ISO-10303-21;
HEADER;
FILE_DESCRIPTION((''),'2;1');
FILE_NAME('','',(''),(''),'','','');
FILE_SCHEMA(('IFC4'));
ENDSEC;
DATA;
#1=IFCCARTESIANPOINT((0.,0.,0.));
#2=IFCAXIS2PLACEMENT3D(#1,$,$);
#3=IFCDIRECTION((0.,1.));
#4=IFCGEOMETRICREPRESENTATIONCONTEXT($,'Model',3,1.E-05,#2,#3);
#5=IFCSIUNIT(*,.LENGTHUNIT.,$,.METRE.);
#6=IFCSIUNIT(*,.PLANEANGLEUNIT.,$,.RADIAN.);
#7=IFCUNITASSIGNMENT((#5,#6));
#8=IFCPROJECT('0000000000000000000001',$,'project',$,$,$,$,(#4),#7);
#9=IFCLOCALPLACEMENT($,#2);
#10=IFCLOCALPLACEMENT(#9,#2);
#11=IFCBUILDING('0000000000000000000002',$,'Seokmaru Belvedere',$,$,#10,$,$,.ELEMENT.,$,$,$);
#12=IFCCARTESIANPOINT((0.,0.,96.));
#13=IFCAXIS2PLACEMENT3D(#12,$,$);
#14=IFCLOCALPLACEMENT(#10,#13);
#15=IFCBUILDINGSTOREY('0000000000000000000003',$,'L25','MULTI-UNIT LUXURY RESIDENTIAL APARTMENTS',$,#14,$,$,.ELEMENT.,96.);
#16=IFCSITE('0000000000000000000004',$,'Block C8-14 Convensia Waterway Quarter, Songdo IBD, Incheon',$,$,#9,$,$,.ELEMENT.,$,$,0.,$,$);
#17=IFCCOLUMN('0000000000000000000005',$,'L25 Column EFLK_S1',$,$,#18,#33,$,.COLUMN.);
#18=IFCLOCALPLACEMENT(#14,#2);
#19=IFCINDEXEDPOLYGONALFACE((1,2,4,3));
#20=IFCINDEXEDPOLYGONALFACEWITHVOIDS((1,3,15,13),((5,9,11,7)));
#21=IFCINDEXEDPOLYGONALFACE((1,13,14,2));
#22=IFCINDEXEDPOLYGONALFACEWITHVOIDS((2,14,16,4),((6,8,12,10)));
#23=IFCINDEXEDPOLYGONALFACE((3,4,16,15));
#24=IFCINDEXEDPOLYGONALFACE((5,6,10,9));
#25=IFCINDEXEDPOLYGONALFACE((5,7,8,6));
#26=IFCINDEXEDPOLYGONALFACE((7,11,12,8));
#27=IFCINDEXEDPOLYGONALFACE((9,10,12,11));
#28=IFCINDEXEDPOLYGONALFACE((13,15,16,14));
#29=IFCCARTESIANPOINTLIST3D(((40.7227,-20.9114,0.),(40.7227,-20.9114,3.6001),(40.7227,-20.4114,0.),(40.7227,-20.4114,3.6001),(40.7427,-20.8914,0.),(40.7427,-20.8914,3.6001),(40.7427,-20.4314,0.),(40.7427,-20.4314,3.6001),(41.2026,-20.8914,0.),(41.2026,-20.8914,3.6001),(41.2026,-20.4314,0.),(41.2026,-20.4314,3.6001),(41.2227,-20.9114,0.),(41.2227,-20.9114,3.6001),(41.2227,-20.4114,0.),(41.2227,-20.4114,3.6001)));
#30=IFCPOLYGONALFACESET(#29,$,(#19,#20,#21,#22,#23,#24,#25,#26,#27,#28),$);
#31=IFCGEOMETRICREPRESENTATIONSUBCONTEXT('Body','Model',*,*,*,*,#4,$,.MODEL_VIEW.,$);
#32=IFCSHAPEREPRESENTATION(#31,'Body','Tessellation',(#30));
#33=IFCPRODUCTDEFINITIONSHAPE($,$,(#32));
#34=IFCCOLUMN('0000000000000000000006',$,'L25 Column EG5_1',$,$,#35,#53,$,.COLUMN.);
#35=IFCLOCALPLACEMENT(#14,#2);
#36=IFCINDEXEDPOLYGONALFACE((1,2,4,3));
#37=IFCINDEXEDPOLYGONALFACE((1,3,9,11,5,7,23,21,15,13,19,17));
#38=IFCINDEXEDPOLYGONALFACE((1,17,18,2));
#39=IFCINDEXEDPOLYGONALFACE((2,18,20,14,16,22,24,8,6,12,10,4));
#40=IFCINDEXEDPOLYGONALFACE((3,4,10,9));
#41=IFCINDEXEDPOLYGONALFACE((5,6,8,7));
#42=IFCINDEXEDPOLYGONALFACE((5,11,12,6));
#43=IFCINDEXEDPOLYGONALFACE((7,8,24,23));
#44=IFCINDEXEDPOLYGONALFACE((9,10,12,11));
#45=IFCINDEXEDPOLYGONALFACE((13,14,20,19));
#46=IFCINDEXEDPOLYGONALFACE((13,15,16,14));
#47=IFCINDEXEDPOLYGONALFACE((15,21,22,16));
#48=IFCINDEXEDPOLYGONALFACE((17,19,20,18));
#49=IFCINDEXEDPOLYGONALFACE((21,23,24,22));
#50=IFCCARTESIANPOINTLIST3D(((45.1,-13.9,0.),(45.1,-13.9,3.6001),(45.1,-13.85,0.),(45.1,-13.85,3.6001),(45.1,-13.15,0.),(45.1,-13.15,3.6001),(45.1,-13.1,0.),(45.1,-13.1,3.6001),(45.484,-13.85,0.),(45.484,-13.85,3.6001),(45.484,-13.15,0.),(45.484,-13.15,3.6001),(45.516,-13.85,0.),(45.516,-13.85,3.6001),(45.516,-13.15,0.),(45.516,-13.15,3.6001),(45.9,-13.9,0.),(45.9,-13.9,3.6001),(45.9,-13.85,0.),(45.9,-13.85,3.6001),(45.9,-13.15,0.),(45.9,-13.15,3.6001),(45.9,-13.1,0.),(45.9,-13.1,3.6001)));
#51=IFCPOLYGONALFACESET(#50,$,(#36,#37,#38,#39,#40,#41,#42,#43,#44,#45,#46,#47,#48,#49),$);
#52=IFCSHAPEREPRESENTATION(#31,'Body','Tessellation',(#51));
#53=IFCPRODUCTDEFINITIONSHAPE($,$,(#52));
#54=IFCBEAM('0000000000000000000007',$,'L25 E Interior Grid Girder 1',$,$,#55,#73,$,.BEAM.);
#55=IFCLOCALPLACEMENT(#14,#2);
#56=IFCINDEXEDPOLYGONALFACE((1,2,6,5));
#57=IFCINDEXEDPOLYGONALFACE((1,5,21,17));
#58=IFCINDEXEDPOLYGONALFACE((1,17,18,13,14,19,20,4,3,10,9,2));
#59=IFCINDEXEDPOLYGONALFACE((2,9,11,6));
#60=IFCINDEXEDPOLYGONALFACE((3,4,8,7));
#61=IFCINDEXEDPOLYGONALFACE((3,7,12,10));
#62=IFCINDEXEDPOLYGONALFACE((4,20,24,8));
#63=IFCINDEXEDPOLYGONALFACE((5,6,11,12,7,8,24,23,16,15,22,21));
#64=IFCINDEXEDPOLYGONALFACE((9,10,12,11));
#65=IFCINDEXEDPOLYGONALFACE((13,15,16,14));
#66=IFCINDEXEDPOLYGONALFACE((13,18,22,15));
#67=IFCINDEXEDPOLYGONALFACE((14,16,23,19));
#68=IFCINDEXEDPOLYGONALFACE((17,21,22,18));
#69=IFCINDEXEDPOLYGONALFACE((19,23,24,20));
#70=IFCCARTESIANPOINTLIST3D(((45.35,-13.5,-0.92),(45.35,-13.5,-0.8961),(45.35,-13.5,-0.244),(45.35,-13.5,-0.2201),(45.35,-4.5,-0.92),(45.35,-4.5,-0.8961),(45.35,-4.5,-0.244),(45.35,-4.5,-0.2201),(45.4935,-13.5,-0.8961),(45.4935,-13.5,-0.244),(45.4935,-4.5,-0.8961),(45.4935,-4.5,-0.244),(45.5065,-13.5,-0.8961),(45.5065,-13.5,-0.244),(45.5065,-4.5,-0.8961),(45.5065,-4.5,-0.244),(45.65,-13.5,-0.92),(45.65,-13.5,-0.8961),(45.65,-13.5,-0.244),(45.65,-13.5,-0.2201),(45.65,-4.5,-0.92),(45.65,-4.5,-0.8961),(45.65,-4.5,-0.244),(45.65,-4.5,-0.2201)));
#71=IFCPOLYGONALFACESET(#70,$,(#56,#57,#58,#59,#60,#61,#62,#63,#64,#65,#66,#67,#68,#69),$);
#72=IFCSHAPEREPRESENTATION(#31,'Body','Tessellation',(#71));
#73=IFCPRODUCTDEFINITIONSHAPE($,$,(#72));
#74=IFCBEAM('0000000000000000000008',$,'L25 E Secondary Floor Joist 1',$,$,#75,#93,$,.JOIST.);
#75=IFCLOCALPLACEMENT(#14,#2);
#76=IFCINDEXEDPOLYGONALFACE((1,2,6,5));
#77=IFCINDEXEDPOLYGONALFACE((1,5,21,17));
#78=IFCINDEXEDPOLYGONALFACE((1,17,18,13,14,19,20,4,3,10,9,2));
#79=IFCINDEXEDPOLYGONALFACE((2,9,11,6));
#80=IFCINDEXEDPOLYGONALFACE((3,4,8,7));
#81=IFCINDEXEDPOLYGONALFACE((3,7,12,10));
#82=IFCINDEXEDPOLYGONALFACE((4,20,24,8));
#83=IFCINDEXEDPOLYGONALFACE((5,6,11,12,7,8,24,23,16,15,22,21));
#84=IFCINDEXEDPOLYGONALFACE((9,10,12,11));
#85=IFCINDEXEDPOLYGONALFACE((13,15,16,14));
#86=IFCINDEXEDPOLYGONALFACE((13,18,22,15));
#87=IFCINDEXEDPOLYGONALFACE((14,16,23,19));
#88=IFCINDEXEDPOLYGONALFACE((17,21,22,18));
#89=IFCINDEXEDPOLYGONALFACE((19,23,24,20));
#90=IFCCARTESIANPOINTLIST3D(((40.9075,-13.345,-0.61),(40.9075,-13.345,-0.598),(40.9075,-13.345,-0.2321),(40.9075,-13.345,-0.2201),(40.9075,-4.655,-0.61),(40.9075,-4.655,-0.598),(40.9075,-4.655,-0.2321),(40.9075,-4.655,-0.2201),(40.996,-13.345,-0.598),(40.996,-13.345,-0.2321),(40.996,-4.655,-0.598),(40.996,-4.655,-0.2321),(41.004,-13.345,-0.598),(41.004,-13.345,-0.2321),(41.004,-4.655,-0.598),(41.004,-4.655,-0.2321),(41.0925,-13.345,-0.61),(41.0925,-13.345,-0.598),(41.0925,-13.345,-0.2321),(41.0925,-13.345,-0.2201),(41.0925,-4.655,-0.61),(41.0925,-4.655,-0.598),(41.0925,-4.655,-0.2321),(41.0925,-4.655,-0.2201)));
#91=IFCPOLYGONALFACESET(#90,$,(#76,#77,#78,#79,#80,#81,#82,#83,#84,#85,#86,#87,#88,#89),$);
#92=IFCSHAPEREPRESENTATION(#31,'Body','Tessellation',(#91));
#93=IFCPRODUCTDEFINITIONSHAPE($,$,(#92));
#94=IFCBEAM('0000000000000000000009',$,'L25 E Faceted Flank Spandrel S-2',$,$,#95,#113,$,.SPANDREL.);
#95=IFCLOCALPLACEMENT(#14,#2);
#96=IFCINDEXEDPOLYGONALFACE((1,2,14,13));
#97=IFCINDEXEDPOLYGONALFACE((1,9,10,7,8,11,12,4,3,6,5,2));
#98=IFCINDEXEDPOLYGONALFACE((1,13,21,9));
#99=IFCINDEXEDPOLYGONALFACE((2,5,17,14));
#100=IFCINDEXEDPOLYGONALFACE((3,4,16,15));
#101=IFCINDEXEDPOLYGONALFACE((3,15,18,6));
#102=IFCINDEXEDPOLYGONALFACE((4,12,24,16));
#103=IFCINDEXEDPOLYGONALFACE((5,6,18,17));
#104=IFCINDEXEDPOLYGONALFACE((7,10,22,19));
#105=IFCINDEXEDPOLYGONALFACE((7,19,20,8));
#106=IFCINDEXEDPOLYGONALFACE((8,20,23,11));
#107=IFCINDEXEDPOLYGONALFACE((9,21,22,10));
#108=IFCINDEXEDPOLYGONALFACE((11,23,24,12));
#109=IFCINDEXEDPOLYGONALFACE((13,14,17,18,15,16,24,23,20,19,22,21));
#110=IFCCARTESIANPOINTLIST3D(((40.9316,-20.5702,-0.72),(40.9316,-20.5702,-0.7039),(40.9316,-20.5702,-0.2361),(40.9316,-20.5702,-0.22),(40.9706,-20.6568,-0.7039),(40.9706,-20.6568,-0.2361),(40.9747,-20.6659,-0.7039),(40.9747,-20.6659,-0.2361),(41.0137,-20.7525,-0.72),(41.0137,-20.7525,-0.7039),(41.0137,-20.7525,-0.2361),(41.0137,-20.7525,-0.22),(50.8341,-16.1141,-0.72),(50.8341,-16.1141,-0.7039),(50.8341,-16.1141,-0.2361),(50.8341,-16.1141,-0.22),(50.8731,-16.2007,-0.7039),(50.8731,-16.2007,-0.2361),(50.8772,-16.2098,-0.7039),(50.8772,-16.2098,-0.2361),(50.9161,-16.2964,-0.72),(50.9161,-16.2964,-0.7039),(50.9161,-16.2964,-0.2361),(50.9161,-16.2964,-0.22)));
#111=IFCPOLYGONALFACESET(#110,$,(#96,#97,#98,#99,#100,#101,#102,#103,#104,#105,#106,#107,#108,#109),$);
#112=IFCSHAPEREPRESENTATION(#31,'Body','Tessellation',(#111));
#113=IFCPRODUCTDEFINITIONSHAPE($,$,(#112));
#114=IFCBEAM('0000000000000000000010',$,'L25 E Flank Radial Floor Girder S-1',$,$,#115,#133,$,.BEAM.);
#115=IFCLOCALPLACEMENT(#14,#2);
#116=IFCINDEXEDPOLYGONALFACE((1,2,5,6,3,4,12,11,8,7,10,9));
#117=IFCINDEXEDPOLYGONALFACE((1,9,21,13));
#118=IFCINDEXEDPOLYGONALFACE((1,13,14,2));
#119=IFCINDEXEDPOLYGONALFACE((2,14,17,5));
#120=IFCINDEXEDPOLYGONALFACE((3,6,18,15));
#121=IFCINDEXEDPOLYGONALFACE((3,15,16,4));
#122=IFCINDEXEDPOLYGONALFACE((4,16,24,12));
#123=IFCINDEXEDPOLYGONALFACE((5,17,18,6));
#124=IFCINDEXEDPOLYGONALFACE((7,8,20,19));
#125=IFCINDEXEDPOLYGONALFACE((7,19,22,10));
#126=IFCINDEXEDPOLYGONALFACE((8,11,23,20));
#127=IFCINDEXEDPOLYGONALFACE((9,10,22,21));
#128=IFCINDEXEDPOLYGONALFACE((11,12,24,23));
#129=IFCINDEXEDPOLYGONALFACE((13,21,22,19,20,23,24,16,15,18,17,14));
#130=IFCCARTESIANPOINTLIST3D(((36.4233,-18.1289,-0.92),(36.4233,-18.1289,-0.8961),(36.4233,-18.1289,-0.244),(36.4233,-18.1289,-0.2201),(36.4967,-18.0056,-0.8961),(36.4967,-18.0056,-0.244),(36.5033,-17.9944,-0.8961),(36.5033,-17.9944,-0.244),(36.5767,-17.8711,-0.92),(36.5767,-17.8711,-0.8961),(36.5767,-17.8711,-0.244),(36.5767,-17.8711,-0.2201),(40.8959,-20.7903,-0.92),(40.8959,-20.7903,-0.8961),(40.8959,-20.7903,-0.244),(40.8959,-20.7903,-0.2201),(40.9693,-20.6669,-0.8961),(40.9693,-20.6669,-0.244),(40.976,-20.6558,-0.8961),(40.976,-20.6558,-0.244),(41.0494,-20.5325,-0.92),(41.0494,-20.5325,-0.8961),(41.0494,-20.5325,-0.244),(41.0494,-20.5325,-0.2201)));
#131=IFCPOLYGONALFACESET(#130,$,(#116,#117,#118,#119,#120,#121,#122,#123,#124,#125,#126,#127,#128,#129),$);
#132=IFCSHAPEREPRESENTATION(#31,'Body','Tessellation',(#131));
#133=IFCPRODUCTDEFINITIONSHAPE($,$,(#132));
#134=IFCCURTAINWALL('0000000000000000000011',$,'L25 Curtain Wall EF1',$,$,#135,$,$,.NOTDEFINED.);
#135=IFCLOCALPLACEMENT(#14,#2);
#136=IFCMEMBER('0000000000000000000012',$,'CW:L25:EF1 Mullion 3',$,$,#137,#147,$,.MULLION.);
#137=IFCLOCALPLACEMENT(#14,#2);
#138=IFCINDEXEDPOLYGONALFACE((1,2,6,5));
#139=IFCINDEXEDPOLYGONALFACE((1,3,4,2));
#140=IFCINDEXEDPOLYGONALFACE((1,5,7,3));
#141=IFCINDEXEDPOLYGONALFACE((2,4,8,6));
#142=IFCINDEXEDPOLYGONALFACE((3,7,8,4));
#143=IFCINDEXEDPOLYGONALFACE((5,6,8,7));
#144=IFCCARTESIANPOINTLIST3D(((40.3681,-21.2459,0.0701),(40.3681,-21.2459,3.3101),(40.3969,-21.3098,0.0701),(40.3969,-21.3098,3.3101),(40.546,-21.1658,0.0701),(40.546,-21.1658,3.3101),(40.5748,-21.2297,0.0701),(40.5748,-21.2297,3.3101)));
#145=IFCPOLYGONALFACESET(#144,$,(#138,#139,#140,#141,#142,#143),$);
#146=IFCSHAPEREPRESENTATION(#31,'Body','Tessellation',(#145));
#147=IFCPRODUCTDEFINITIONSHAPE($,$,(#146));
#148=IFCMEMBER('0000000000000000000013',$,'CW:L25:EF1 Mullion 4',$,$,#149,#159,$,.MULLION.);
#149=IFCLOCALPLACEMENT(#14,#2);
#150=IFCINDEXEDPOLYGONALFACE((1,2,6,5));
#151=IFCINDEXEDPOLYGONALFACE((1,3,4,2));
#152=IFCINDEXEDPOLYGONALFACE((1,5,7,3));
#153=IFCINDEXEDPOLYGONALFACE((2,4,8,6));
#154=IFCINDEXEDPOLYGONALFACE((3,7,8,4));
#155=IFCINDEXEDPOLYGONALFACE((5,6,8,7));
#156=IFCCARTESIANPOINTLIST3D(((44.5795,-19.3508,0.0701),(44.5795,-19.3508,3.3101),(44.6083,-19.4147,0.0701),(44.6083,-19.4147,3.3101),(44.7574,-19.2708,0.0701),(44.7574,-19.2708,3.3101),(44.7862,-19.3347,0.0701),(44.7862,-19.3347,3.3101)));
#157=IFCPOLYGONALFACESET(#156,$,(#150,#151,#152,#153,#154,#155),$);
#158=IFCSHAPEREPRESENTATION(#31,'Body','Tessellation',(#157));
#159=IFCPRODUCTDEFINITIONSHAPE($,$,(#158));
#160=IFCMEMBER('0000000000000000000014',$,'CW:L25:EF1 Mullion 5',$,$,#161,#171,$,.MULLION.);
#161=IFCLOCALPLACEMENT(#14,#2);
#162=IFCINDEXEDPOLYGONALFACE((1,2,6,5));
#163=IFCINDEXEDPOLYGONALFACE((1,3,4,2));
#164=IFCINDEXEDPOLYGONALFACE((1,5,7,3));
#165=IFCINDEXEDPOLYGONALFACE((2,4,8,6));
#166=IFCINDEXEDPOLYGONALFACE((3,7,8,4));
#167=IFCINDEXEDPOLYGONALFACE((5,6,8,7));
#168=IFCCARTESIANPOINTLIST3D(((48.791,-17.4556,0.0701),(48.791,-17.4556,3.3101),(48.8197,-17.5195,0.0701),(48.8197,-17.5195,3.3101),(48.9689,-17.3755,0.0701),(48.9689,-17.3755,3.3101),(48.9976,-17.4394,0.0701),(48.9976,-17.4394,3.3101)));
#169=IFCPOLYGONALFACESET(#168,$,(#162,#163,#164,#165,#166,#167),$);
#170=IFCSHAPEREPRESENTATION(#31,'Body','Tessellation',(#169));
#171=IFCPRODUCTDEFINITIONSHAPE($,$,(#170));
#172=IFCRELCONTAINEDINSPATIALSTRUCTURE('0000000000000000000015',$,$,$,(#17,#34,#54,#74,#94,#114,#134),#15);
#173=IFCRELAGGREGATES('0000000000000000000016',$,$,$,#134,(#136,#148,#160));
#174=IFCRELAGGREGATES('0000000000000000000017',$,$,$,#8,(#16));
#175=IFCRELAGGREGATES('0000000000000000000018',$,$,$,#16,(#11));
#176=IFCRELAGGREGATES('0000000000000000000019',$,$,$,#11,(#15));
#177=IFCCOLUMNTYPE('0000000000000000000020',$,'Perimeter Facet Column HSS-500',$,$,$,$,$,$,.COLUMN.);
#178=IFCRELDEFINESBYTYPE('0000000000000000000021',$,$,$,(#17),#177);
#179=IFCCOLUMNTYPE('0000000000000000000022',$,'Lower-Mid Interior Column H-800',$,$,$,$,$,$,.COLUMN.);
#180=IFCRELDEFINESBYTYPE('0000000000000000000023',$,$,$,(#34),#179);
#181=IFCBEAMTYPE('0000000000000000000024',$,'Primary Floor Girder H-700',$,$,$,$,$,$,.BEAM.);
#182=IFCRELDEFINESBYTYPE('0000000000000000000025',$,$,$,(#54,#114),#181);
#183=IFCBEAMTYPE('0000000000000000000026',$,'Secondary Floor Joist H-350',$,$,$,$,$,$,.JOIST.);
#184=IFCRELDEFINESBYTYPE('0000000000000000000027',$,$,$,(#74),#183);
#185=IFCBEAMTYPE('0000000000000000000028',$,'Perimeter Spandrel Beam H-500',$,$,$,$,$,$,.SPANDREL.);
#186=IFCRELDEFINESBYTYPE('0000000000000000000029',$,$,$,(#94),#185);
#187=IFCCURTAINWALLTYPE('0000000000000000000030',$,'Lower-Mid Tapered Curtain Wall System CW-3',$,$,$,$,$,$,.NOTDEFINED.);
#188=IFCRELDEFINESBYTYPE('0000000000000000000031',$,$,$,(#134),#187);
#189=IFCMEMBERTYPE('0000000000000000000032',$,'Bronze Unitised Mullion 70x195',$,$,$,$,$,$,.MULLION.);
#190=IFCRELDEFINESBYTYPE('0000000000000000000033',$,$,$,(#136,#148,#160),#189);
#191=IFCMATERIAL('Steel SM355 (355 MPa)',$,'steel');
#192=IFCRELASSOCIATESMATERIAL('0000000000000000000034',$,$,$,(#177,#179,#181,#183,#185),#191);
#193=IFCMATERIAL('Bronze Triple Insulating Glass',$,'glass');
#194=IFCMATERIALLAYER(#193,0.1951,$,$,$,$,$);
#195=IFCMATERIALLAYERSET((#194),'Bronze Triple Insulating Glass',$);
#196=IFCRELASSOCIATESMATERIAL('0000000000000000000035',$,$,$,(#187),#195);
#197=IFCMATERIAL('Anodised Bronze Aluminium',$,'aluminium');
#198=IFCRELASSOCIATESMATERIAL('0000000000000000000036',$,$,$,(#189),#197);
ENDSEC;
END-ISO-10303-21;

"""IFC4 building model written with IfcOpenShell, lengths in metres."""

from ifc_helpers import new_model, si_unit, direction, frame, origin, origin_2d, place, context, subcontext, project, spatial, rectangle, hollow_rectangle, i_section, extrude, source, transform, mapped, material, layer, layer_set, material_profile, profile_set, type_object, type_shapes, element, aggregate, save


model = new_model("IFC4")

# Units and contexts
model_context = context("Model", 3, precision=1e-05, world=origin(), true_north=direction((0.0, 1.0)))
body_context = subcontext(model_context, "Body", "Model", "MODEL_VIEW")
ifc_project = project(units=[si_unit("LENGTHUNIT", "METRE"), si_unit("PLANEANGLEUNIT", "RADIAN")], contexts=[model_context])

# Site, building, storey
site_placement = place(None, origin())
site = spatial("IfcSite", under=ifc_project, at=site_placement, Name="Block C8-14 Convensia Waterway Quarter, Songdo IBD, Incheon", CompositionType="ELEMENT", RefElevation=0.0)
building_placement = place(site_placement, origin())
building = spatial("IfcBuilding", under=site, at=building_placement, Name="Seokmaru Belvedere", CompositionType="ELEMENT")
storey_placement = place(building_placement, frame((0.0, 0.0, 96.0)))
storey = spatial("IfcBuildingStorey", under=building, at=storey_placement, Name="L25", Description="MULTI-UNIT LUXURY RESIDENTIAL APARTMENTS", CompositionType="ELEMENT", Elevation=96.0)

# Columns
ifc_material_1 = material(Name="Steel SM355 (355 MPa)", Category="steel")
ifc_material_profile_1 = material_profile(ifc_material_1, hollow_rectangle(XDim=0.5, YDim=0.5, WallThickness=0.02, at=origin_2d()), Name="HSS-500x500x20")
ifc_profile_set_1 = profile_set([ifc_material_profile_1], Name="Steel SM355 (355 MPa)")
column_type_1 = type_object("IfcColumnType", Name="Perimeter Facet Column HSS-500", PredefinedType="COLUMN", material=ifc_profile_set_1)
shared_shape_1 = source(origin(), body_context, "Body", "SweptSolid", [
    extrude(hollow_rectangle(XDim=0.5, YDim=0.5, WallThickness=0.02, at=origin_2d()), origin(), (0.0, 0.0, 1.0), 3.6001),
])
type_shapes(column_type_1, [shared_shape_1])
column_1_placement = place(storey_placement, frame((40.9727, -20.6614, 0.0), z_axis=(0.0, 0.0, 1.0), x_axis=(1.0, 0.0, 0.0)))
element("IfcColumn", 1, at=column_1_placement, inside=storey, type_object=column_type_1, Name="L25 Column EFLK_S1", PredefinedType="COLUMN", context=body_context, shape_type="MappedRepresentation", body=[
    mapped(shared_shape_1, transform((0.0, 0.0, 0.0), scale=1.0)),
])
ifc_material_profile_2 = material_profile(ifc_material_1, i_section(OverallWidth=0.8, OverallDepth=0.8, WebThickness=0.032, FlangeThickness=0.05, at=origin_2d()), Name="H-800x800x32x50")
ifc_profile_set_2 = profile_set([ifc_material_profile_2], Name="Steel SM355 (355 MPa)")
column_type_2 = type_object("IfcColumnType", Name="Lower-Mid Interior Column H-800", PredefinedType="COLUMN", material=ifc_profile_set_2)
shared_shape_2 = source(origin(), body_context, "Body", "SweptSolid", [
    extrude(i_section(OverallWidth=0.8, OverallDepth=0.8, WebThickness=0.032, FlangeThickness=0.05, at=origin_2d()), origin(), (0.0, 0.0, 1.0), 3.6001),
])
type_shapes(column_type_2, [shared_shape_2])
column_2_placement = place(storey_placement, frame((45.5, -13.5, 0.0), z_axis=(0.0, 0.0, 1.0), x_axis=(1.0, 0.0, 0.0)))
element("IfcColumn", 2, at=column_2_placement, inside=storey, type_object=column_type_2, Name="L25 Column EG5_1", PredefinedType="COLUMN", context=body_context, shape_type="MappedRepresentation", body=[
    mapped(shared_shape_2, transform((0.0, 0.0, 0.0), scale=1.0)),
])

# Beams
ifc_material_profile_3 = material_profile(ifc_material_1, i_section(OverallWidth=0.3, OverallDepth=0.7, WebThickness=0.0129, FlangeThickness=0.0239, at=origin_2d()), Name="H-700x300x13x24")
ifc_profile_set_3 = profile_set([ifc_material_profile_3], Name="Steel SM355 (355 MPa)")
beam_type_1 = type_object("IfcBeamType", Name="Primary Floor Girder H-700", PredefinedType="BEAM", material=ifc_profile_set_3)
shared_shape_3 = source(origin(), body_context, "Body", "SweptSolid", [
    extrude(i_section(OverallWidth=0.3, OverallDepth=0.7, WebThickness=0.0129, FlangeThickness=0.0239, at=origin_2d()), origin(), (0.0, 0.0, 1.0), 9.0),
])
beam_1_placement = place(storey_placement, frame((45.5, -13.5, -0.5701), z_axis=(0.0, 1.0, 0.0), x_axis=(-1.0, 0.0, 0.0)))
element("IfcBeam", 3, at=beam_1_placement, inside=storey, type_object=beam_type_1, Name="L25 E Interior Grid Girder 1", PredefinedType="BEAM", context=body_context, shape_type="MappedRepresentation", body=[
    mapped(shared_shape_3, transform((0.0, 0.0, 0.0), scale=1.0)),
])
ifc_material_profile_4 = material_profile(ifc_material_1, i_section(OverallWidth=0.1851, OverallDepth=0.3899, WebThickness=0.0081, FlangeThickness=0.012, at=origin_2d()), Name="H-390x185x8x12")
ifc_profile_set_4 = profile_set([ifc_material_profile_4], Name="Steel SM355 (355 MPa)")
beam_type_2 = type_object("IfcBeamType", Name="Secondary Floor Joist H-350", PredefinedType="JOIST", material=ifc_profile_set_4)
shared_shape_4 = source(origin(), body_context, "Body", "SweptSolid", [
    extrude(i_section(OverallWidth=0.1851, OverallDepth=0.3899, WebThickness=0.0081, FlangeThickness=0.012, at=origin_2d()), origin(), (0.0, 0.0, 1.0), 8.6899),
])
type_shapes(beam_type_2, [shared_shape_4])
beam_2_placement = place(storey_placement, frame((41.0, -13.345, -0.415), z_axis=(0.0, 1.0, 0.0), x_axis=(-1.0, 0.0, 0.0)))
element("IfcBeam", 4, at=beam_2_placement, inside=storey, type_object=beam_type_2, Name="L25 E Secondary Floor Joist 1", PredefinedType="JOIST", context=body_context, shape_type="MappedRepresentation", body=[
    mapped(shared_shape_4, transform((0.0, 0.0, 0.0), scale=1.0)),
])
ifc_material_profile_5 = material_profile(ifc_material_1, i_section(OverallWidth=0.2, OverallDepth=0.5, WebThickness=0.01, FlangeThickness=0.0161, at=origin_2d()), Name="H-500x200x10x16")
ifc_profile_set_5 = profile_set([ifc_material_profile_5], Name="Steel SM355 (355 MPa)")
beam_type_3 = type_object("IfcBeamType", Name="Perimeter Spandrel Beam H-500", PredefinedType="SPANDREL", material=ifc_profile_set_5)
shared_shape_5 = source(origin(), body_context, "Body", "SweptSolid", [
    extrude(i_section(OverallWidth=0.2, OverallDepth=0.5, WebThickness=0.01, FlangeThickness=0.0161, at=origin_2d()), origin(), (0.0, 0.0, 1.0), 10.8589),
])
type_shapes(beam_type_3, [shared_shape_5])
beam_3_placement = place(storey_placement, frame((40.9727, -20.6614, -0.47), z_axis=(0.911922, 0.410365, 0.0), x_axis=(-0.410365, 0.911922, 0.0)))
element("IfcBeam", 5, at=beam_3_placement, inside=storey, type_object=beam_type_3, Name="L25 E Faceted Flank Spandrel S-2", PredefinedType="SPANDREL", context=body_context, shape_type="MappedRepresentation", body=[
    mapped(shared_shape_5, transform((0.0, 0.0, 0.0), scale=1.0)),
])
shared_shape_6 = source(origin(), body_context, "Body", "SweptSolid", [
    extrude(i_section(OverallWidth=0.3, OverallDepth=0.7, WebThickness=0.0129, FlangeThickness=0.0239, at=origin_2d()), origin(), (0.0, 0.0, 1.0), 5.2046),
])
type_shapes(beam_type_1, [shared_shape_3, shared_shape_6])
beam_4_placement = place(storey_placement, frame((40.9727, -20.6614, -0.5701), z_axis=(-0.85937, 0.511354, 0.0), x_axis=(-0.511354, -0.85937, 0.0)))
element("IfcBeam", 6, at=beam_4_placement, inside=storey, type_object=beam_type_1, Name="L25 E Flank Radial Floor Girder S-1", PredefinedType="BEAM", context=body_context, shape_type="MappedRepresentation", body=[
    mapped(shared_shape_6, transform((0.0, 0.0, 0.0), scale=1.0)),
])

# Curtain wall, members
ifc_material_2 = material(Name="Bronze Triple Insulating Glass", Category="glass")
ifc_layer_1 = layer(ifc_material_2, 0.1951)
ifc_layer_set_1 = layer_set([ifc_layer_1], Name="Bronze Triple Insulating Glass")
curtain_wall_type = type_object("IfcCurtainWallType", Name="Lower-Mid Tapered Curtain Wall System CW-3", PredefinedType="NOTDEFINED", material=ifc_layer_set_1)
curtain_wall_placement = place(storey_placement, origin())
curtain_wall = element("IfcCurtainWall", 7, at=curtain_wall_placement, inside=storey, type_object=curtain_wall_type, Name="L25 Curtain Wall EF1", PredefinedType="NOTDEFINED")
ifc_material_3 = material(Name="Anodised Bronze Aluminium", Category="aluminium")
ifc_material_profile_6 = material_profile(ifc_material_3, rectangle(XDim=0.0701, YDim=0.1951, at=origin_2d()), Name="CW-M-70x195")
ifc_profile_set_6 = profile_set([ifc_material_profile_6], Name="Anodised Bronze Aluminium")
member_type = type_object("IfcMemberType", Name="Bronze Unitised Mullion 70x195", PredefinedType="MULLION", material=ifc_profile_set_6)
shared_shape_7 = source(origin(), body_context, "Body", "SweptSolid", [
    extrude(rectangle(XDim=0.0701, YDim=0.1951, at=origin_2d()), origin(), (0.0, 0.0, 1.0), 3.24),
])
type_shapes(member_type, [shared_shape_7])
member_1_placement = place(storey_placement, frame((40.4714, -21.2378, 0.0701), z_axis=(0.0, 0.0, 1.0), x_axis=(-0.410366, 0.911921, 0.0)))
member_1 = element("IfcMember", 8, at=member_1_placement, type_object=member_type, Name="CW:L25:EF1 Mullion 3", PredefinedType="MULLION", context=body_context, shape_type="MappedRepresentation", body=[
    mapped(shared_shape_7, transform((0.0, 0.0, 0.0), scale=1.0)),
])
member_2_placement = place(storey_placement, frame((44.6829, -19.3428, 0.0701), z_axis=(0.0, 0.0, 1.0), x_axis=(-0.410366, 0.911921, 0.0)))
member_2 = element("IfcMember", 9, at=member_2_placement, type_object=member_type, Name="CW:L25:EF1 Mullion 4", PredefinedType="MULLION", context=body_context, shape_type="MappedRepresentation", body=[
    mapped(shared_shape_7, transform((0.0, 0.0, 0.0), scale=1.0)),
])
member_3_placement = place(storey_placement, frame((48.8943, -17.4475, 0.0701), z_axis=(0.0, 0.0, 1.0), x_axis=(-0.410366, 0.911921, 0.0)))
member_3 = element("IfcMember", 10, at=member_3_placement, type_object=member_type, Name="CW:L25:EF1 Mullion 5", PredefinedType="MULLION", context=body_context, shape_type="MappedRepresentation", body=[
    mapped(shared_shape_7, transform((0.0, 0.0, 0.0), scale=1.0)),
])
aggregate(curtain_wall, [member_1, member_2, member_3])

save(model, "model.ifc")
